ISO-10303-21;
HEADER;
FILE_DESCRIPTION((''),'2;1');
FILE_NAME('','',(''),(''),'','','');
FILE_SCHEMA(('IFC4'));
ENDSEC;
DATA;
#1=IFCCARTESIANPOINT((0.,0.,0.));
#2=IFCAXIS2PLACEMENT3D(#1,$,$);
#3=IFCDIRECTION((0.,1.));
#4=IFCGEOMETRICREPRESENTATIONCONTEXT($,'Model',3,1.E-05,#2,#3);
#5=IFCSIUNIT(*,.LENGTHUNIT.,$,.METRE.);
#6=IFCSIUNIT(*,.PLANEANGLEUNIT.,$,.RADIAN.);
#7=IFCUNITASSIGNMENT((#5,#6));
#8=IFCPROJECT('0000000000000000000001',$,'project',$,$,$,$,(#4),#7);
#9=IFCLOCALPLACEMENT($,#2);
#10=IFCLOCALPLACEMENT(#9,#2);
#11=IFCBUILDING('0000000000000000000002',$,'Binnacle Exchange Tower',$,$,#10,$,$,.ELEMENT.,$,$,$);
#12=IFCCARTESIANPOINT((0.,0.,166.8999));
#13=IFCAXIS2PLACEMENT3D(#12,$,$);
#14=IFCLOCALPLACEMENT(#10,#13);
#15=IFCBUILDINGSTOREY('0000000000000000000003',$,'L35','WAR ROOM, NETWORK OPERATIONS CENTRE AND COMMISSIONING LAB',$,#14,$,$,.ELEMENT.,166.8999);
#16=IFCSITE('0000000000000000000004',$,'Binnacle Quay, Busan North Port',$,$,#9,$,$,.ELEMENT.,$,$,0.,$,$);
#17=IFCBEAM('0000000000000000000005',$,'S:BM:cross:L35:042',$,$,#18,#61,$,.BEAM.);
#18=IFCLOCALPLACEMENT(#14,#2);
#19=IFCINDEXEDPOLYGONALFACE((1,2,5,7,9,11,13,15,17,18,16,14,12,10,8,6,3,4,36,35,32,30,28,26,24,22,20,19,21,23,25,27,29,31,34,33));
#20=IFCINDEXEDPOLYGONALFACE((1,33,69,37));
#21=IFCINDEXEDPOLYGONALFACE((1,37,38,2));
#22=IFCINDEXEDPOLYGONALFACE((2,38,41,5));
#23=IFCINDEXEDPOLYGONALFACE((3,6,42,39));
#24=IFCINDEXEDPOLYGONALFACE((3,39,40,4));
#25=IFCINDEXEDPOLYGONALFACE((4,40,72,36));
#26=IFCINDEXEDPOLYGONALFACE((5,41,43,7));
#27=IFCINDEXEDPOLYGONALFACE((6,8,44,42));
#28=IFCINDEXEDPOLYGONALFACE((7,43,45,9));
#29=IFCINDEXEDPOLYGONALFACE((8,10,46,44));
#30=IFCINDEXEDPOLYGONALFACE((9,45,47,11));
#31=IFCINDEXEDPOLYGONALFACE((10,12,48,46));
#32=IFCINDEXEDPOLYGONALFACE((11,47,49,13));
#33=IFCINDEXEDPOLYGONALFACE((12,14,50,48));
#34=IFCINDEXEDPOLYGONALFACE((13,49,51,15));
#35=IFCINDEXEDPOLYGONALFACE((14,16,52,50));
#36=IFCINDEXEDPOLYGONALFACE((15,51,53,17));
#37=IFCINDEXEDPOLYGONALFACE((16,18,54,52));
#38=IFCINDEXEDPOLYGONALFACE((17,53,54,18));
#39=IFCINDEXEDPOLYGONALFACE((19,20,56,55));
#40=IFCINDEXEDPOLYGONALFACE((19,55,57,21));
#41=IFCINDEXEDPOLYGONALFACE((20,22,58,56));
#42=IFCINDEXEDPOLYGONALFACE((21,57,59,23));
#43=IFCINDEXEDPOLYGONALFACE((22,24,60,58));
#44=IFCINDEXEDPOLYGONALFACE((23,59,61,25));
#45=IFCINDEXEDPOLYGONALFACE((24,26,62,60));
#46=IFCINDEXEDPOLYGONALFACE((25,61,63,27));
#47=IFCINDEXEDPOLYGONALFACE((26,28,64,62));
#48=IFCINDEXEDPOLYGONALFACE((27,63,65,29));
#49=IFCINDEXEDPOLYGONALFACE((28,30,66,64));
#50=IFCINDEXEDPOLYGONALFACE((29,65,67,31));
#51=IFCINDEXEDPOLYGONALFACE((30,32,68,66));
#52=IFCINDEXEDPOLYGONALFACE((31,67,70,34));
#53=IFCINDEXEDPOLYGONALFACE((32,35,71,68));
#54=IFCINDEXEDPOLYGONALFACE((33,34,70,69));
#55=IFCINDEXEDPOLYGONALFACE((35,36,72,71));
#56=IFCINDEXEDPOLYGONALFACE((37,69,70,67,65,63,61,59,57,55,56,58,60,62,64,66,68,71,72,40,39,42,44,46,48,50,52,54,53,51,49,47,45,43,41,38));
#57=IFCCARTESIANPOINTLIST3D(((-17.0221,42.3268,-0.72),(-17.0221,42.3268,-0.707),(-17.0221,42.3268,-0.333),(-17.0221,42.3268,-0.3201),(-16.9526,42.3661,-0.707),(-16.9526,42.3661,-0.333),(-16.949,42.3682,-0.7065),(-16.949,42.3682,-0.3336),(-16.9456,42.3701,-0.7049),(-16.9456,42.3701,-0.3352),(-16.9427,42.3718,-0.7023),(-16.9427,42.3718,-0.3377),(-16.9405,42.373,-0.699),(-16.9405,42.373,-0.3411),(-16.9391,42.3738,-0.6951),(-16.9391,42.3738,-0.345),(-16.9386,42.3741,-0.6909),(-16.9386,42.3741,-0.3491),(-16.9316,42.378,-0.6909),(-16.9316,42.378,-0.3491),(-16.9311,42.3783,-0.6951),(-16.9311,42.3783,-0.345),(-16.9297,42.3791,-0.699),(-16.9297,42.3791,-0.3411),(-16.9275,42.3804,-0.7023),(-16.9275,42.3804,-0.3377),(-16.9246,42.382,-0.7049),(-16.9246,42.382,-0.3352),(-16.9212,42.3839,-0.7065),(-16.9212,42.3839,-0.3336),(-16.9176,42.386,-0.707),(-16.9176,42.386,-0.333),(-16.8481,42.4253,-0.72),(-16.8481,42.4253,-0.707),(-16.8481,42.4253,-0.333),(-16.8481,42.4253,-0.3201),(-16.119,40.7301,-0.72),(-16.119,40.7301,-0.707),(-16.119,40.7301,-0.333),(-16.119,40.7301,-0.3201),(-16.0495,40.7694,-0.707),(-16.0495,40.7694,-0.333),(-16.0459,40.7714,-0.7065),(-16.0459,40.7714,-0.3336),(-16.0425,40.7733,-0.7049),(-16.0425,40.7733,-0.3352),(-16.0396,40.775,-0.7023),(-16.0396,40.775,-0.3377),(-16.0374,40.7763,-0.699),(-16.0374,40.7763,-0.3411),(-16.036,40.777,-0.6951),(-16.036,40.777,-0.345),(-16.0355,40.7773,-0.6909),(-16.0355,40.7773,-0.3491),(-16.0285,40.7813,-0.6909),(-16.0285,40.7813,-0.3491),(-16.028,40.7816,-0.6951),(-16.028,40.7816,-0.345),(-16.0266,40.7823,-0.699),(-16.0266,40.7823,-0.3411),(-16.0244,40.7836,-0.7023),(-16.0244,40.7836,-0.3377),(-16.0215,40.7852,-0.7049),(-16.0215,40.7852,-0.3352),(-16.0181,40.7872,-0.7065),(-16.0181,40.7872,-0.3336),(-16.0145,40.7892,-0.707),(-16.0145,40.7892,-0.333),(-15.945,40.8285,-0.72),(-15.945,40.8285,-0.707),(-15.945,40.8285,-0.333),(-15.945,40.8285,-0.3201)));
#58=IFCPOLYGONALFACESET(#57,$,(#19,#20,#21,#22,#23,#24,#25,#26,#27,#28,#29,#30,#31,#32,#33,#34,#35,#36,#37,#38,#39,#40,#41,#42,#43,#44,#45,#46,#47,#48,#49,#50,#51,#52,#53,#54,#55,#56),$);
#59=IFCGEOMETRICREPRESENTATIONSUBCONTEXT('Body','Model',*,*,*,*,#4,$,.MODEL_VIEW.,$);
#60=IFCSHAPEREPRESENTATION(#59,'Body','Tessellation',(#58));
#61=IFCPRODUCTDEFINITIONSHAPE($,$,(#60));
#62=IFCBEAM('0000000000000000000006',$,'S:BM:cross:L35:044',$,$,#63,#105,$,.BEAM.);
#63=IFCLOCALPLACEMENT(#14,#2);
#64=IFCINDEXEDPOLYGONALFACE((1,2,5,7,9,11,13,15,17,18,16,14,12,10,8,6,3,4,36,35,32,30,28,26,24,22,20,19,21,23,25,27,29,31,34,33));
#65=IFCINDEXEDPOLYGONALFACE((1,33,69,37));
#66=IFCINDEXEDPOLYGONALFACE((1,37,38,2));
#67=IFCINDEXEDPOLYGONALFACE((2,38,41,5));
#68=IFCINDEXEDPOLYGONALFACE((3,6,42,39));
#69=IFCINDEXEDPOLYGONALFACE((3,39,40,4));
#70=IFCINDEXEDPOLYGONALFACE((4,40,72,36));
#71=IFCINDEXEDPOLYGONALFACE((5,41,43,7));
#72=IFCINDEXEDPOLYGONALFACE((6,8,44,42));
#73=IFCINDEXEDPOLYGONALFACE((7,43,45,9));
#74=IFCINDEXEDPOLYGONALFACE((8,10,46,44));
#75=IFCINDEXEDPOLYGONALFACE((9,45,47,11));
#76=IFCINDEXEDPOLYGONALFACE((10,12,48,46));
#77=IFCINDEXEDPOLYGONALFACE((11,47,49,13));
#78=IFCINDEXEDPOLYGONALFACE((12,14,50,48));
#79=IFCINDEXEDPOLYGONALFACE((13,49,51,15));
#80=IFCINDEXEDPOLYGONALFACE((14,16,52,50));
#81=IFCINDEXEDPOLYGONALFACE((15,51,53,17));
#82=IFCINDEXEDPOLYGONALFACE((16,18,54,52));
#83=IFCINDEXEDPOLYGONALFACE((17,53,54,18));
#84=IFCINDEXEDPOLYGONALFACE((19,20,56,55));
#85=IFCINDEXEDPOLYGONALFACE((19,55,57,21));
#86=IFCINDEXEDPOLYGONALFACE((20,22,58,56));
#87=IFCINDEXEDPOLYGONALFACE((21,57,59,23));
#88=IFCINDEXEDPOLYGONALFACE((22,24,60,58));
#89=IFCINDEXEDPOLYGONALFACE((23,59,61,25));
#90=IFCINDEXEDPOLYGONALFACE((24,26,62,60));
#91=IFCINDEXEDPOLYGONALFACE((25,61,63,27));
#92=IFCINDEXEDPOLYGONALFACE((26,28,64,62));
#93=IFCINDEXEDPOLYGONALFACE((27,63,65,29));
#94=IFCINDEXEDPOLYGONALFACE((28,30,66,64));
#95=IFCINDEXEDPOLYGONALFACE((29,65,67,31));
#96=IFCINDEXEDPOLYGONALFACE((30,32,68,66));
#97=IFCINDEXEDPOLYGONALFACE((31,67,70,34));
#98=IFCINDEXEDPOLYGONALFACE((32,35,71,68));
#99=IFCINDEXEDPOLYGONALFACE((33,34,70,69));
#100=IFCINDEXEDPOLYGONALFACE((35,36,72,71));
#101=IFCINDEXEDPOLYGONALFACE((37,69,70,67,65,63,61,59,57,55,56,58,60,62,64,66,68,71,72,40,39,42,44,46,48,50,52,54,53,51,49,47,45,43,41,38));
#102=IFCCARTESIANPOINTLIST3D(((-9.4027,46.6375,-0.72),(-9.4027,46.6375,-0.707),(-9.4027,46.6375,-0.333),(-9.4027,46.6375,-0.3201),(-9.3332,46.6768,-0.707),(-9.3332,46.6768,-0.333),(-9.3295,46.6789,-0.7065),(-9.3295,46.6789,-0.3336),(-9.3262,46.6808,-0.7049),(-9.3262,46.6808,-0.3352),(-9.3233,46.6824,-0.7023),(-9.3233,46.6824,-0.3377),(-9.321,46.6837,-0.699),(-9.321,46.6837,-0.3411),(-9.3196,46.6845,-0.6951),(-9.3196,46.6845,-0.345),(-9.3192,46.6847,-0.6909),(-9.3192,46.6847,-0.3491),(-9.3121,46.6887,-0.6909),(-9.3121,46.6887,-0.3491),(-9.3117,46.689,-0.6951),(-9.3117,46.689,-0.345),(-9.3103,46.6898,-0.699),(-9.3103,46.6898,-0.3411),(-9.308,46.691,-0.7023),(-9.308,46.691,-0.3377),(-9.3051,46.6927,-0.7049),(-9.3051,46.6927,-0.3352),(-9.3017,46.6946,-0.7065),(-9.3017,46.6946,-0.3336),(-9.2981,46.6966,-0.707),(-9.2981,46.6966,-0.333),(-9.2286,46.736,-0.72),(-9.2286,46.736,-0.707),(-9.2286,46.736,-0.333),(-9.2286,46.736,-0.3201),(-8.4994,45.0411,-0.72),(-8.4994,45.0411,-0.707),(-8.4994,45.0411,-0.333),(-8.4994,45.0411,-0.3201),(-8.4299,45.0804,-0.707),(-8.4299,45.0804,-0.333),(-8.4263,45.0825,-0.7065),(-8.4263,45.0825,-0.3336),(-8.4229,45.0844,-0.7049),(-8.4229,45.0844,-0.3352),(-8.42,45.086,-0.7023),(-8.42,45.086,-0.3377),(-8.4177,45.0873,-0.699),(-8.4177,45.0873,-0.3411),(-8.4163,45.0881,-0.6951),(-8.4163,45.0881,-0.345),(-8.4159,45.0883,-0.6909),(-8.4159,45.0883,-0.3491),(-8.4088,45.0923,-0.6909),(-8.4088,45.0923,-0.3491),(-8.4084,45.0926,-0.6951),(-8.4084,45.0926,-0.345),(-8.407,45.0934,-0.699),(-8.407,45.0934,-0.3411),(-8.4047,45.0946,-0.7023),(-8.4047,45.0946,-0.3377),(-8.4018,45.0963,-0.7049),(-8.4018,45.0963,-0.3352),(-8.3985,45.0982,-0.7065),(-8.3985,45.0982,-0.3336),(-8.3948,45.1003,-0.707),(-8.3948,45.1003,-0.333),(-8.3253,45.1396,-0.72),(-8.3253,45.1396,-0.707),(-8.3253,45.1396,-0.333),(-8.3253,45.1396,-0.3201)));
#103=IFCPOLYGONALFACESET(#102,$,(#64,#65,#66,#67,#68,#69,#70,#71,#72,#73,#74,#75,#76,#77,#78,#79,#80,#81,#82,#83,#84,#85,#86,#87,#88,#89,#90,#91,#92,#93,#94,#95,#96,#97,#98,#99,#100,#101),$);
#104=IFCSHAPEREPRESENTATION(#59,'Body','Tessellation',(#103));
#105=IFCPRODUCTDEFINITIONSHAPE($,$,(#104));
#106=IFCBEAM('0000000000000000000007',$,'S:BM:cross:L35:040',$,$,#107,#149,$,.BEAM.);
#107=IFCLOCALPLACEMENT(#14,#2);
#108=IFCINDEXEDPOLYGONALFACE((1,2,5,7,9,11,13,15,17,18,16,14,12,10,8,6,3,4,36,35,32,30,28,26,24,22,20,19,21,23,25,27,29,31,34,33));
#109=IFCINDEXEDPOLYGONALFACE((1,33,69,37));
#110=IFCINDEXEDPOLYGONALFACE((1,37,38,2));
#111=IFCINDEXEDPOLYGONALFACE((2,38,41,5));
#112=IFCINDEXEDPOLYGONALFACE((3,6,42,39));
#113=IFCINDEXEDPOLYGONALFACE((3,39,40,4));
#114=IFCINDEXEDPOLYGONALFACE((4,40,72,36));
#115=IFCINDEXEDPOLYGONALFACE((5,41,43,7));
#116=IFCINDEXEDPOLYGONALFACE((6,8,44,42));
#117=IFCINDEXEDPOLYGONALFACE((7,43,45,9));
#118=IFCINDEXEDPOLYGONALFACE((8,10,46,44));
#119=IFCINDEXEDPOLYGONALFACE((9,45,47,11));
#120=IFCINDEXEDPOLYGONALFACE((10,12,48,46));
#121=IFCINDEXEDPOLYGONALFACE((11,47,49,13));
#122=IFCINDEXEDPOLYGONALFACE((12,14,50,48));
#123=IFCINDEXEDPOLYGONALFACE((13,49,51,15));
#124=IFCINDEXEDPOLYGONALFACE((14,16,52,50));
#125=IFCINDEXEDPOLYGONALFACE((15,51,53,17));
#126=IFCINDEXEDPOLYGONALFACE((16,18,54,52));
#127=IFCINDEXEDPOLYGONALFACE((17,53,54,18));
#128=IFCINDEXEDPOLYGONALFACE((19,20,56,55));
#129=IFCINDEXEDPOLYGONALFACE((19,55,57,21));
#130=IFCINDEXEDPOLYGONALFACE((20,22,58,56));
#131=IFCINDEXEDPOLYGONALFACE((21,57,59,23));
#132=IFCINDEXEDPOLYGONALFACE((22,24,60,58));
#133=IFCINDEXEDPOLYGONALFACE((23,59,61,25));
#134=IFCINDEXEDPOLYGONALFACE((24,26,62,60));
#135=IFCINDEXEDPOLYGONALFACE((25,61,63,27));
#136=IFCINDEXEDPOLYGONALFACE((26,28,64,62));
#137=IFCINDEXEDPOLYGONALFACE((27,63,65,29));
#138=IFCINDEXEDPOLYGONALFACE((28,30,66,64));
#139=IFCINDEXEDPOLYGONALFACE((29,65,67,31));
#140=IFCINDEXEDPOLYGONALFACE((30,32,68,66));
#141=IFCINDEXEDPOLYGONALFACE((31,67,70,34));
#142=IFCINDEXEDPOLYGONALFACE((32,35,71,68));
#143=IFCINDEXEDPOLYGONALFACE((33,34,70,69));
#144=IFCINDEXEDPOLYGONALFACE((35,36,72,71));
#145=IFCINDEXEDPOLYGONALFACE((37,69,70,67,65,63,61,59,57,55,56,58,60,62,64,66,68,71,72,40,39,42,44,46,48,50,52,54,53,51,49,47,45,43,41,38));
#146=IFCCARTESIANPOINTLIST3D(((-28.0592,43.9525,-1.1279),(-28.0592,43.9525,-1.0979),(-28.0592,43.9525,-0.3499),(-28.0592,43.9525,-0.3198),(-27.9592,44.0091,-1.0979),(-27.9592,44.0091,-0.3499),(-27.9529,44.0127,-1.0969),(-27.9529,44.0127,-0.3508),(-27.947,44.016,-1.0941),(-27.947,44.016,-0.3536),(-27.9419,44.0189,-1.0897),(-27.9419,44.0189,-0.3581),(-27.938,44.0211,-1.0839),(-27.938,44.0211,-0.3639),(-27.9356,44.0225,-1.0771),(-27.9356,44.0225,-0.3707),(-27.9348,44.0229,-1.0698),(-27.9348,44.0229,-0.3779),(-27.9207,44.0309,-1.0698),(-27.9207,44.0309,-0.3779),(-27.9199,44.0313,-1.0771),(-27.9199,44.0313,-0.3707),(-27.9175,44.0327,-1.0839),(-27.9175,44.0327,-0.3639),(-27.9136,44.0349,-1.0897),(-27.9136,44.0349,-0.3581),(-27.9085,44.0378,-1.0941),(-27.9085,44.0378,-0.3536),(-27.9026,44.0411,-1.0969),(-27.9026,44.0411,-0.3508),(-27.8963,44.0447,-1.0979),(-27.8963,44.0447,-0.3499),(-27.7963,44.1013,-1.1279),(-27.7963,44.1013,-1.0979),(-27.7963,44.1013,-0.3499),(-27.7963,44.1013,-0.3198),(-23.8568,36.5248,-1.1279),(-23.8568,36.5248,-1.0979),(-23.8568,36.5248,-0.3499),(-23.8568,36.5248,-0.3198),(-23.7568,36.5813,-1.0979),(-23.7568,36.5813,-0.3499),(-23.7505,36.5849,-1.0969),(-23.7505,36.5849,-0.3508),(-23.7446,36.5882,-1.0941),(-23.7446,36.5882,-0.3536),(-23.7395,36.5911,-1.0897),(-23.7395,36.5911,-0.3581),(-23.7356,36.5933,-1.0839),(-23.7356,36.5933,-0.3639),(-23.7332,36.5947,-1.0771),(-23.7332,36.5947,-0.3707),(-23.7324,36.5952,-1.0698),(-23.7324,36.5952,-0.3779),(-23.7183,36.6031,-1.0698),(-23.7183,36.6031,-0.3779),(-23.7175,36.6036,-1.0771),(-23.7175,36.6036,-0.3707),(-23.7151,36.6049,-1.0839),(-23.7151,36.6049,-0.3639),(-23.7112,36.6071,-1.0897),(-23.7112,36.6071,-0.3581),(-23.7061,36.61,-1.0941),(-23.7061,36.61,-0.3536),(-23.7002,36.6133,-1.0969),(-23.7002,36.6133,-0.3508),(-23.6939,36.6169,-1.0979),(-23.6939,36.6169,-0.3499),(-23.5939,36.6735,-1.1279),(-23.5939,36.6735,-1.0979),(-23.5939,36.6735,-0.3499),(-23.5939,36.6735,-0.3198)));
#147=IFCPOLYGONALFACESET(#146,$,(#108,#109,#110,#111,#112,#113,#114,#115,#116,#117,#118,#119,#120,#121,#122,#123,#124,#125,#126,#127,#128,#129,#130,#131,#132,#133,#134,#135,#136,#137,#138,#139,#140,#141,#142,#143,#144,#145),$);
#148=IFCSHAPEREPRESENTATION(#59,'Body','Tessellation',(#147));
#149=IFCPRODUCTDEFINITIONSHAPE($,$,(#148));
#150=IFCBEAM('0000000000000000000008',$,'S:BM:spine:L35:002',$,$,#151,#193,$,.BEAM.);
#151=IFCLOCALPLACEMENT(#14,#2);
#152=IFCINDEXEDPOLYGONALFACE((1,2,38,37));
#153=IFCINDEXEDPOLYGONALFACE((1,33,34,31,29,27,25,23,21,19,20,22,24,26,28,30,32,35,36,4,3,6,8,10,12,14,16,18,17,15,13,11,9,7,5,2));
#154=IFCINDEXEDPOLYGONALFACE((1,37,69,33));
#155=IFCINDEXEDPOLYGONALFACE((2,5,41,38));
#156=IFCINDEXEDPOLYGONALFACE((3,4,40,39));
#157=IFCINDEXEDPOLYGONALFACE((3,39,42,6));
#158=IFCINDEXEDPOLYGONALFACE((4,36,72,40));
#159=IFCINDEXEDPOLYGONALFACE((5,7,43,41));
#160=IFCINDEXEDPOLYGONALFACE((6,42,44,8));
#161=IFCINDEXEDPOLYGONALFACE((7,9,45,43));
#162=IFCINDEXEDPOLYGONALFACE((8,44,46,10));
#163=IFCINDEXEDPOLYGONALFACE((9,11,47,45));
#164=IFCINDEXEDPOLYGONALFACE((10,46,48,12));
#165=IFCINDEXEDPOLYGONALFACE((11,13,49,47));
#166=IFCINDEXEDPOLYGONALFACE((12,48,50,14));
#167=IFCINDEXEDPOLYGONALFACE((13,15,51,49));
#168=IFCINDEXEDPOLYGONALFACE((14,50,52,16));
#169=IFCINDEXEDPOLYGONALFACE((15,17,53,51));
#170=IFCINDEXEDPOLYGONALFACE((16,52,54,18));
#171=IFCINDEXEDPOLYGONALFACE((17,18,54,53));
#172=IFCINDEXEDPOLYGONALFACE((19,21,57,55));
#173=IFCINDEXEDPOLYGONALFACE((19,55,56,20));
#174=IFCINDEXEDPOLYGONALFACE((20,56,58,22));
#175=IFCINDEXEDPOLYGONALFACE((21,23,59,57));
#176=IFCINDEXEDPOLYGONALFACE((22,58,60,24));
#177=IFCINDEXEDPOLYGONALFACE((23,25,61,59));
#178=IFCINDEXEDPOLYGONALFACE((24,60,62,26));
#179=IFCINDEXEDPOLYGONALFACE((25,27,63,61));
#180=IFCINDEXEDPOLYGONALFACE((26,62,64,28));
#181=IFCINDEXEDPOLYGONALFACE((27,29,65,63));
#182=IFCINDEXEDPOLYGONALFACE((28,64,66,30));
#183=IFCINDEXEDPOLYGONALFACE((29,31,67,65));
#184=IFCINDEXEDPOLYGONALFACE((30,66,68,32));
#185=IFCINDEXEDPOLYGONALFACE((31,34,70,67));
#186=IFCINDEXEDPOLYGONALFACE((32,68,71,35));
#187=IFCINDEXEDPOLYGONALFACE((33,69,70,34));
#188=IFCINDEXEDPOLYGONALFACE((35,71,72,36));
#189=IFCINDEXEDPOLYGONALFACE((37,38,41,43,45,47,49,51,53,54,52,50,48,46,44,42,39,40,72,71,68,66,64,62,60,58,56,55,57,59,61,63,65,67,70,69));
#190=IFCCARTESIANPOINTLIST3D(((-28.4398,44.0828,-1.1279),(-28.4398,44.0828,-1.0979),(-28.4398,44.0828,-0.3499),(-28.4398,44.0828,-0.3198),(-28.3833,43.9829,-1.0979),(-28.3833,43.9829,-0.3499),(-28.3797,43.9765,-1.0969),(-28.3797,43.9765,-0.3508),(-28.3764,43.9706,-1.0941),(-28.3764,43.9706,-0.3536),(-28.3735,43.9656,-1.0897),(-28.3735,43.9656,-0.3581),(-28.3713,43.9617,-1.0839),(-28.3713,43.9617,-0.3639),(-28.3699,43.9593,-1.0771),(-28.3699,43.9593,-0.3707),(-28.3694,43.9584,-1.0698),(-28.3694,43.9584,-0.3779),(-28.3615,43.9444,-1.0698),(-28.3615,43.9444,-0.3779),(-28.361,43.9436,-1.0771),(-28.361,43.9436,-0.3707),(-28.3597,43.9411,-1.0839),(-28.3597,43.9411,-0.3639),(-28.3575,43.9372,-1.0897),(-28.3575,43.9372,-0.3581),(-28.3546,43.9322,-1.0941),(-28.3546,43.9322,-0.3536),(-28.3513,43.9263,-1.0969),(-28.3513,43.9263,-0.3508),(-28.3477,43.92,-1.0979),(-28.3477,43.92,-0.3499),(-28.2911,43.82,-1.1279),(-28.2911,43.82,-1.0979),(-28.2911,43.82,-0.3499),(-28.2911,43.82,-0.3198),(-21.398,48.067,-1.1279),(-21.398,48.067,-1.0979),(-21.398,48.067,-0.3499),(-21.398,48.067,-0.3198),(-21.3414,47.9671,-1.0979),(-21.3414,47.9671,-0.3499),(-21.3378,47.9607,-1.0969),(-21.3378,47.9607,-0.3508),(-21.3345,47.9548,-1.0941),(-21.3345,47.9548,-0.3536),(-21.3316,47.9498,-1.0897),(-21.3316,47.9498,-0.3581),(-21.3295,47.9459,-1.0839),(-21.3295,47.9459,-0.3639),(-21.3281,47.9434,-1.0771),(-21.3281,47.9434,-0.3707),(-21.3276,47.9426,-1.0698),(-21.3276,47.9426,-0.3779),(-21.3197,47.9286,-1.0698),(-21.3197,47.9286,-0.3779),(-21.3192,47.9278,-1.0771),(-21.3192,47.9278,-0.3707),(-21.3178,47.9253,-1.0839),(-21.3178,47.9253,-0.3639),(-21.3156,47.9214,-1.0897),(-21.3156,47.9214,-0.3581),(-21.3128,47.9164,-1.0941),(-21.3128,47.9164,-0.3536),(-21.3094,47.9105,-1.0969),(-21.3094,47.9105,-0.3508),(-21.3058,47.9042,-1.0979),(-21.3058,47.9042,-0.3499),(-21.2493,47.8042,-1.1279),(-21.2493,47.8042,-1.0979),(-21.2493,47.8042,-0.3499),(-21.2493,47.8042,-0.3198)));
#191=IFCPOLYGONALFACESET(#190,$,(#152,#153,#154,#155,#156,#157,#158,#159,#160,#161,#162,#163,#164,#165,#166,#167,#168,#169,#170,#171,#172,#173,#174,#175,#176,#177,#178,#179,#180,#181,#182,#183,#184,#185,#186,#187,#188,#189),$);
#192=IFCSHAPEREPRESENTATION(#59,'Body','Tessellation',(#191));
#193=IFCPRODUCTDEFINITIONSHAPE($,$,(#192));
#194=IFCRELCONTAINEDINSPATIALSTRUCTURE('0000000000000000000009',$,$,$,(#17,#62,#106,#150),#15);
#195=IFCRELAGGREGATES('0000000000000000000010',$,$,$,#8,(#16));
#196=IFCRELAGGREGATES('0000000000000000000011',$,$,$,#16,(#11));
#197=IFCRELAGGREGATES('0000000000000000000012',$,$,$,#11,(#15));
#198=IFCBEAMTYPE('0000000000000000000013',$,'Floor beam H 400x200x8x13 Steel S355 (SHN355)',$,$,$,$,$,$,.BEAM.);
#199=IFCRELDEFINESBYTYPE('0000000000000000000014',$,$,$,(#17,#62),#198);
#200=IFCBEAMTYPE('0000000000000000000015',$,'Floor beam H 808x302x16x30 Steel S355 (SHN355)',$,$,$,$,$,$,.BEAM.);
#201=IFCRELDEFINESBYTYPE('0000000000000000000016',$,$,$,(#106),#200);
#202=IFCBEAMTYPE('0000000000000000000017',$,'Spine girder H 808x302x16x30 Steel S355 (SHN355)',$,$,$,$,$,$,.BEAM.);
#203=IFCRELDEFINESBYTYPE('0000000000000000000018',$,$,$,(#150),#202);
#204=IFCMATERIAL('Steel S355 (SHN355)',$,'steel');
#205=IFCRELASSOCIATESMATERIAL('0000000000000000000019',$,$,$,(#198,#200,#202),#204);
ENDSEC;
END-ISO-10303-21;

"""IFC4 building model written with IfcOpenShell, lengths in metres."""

from ifc_helpers import new_model, si_unit, direction, frame, origin, origin_2d, place, context, subcontext, project, spatial, i_section, extrude, material, material_profile, profile_set, type_object, element, save


model = new_model("IFC4")

# Units and contexts
model_context = context("Model", 3, precision=1e-05, world=origin(), true_north=direction((0.0, 1.0)))
body_context = subcontext(model_context, "Body", "Model", "MODEL_VIEW")
ifc_project = project(units=[si_unit("LENGTHUNIT", "METRE"), si_unit("PLANEANGLEUNIT", "RADIAN")], contexts=[model_context])

# Site, building, storey
site_placement = place(None, origin())
site = spatial("IfcSite", under=ifc_project, at=site_placement, Name="Binnacle Quay, Busan North Port", CompositionType="ELEMENT", RefElevation=0.0)
building_placement = place(site_placement, origin())
building = spatial("IfcBuilding", under=site, at=building_placement, Name="Binnacle Exchange Tower", CompositionType="ELEMENT")
storey_placement = place(building_placement, frame((0.0, 0.0, 166.8999)))
storey = spatial("IfcBuildingStorey", under=building, at=storey_placement, Name="L35", Description="WAR ROOM, NETWORK OPERATIONS CENTRE AND COMMISSIONING LAB", CompositionType="ELEMENT", Elevation=166.8999)

# Beams
ifc_material_1 = material(Name="Steel S355 (SHN355)", Category="steel")
ifc_material_profile_1 = material_profile(ifc_material_1, i_section(OverallWidth=0.2, OverallDepth=0.3999, WebThickness=0.0081, FlangeThickness=0.0129, FilletRadius=0.0161, at=origin_2d()), Name="H 400x200x8x13")
ifc_profile_set_1 = profile_set([ifc_material_profile_1], Name="Steel S355 (SHN355)")
beam_type_1 = type_object("IfcBeamType", Name="Floor beam H 400x200x8x13 Steel S355 (SHN355)", PredefinedType="BEAM", material=ifc_profile_set_1)
beam_1_placement = place(storey_placement, frame((-16.032, 40.7793, -0.52), z_axis=(-0.492307, 0.870422, 0.0), x_axis=(-0.870422, -0.492307, 0.0)))
element("IfcBeam", 1, at=beam_1_placement, inside=storey, type_object=beam_type_1, Name="S:BM:cross:L35:042", PredefinedType="BEAM", context=body_context, shape_type="SweptSolid", body=[
    extrude(i_section(OverallWidth=0.2, OverallDepth=0.3999, WebThickness=0.0081, FlangeThickness=0.0129, FilletRadius=0.0161, at=origin_2d()), origin(), (0.0, 0.0, 1.0), 1.8345),
])
beam_2_placement = place(storey_placement, frame((-8.4124, 45.0903, -0.52), z_axis=(-0.492465, 0.870332, 0.0), x_axis=(-0.870332, -0.492465, 0.0)))
element("IfcBeam", 2, at=beam_2_placement, inside=storey, type_object=beam_type_1, Name="S:BM:cross:L35:044", PredefinedType="BEAM", context=body_context, shape_type="SweptSolid", body=[
    extrude(i_section(OverallWidth=0.2, OverallDepth=0.3999, WebThickness=0.0081, FlangeThickness=0.0129, FilletRadius=0.0161, at=origin_2d()), origin(), (0.0, 0.0, 1.0), 1.8342),
])
ifc_material_profile_2 = material_profile(ifc_material_1, i_section(OverallWidth=0.302, OverallDepth=0.8081, WebThickness=0.0161, FlangeThickness=0.03, FilletRadius=0.0281, at=origin_2d()), Name="H 808x302x16x30")
ifc_profile_set_2 = profile_set([ifc_material_profile_2], Name="Steel S355 (SHN355)")
beam_type_2 = type_object("IfcBeamType", Name="Floor beam H 808x302x16x30 Steel S355 (SHN355)", PredefinedType="BEAM", material=ifc_profile_set_2)
beam_3_placement = place(storey_placement, frame((-23.7253, 36.5991, -0.7239), z_axis=(-0.492422, 0.870357, 0.0), x_axis=(-0.870357, -0.492422, 0.0)))
element("IfcBeam", 3, at=beam_3_placement, inside=storey, type_object=beam_type_2, Name="S:BM:cross:L35:040", PredefinedType="BEAM", context=body_context, shape_type="SweptSolid", body=[
    extrude(i_section(OverallWidth=0.302, OverallDepth=0.8081, WebThickness=0.0161, FlangeThickness=0.03, FilletRadius=0.0281, at=origin_2d()), origin(), (0.0, 0.0, 1.0), 8.5342),
])
ifc_material_profile_3 = material_profile(ifc_material_1, i_section(OverallWidth=0.302, OverallDepth=0.8081, WebThickness=0.0161, FlangeThickness=0.03, FilletRadius=0.0281, at=origin_2d()), Name="H 808x302x16x30")
ifc_profile_set_3 = profile_set([ifc_material_profile_3], Name="Steel S355 (SHN355)")
beam_type_3 = type_object("IfcBeamType", Name="Spine girder H 808x302x16x30 Steel S355 (SHN355)", PredefinedType="BEAM", material=ifc_profile_set_3)
beam_4_placement = place(storey_placement, frame((-28.3655, 43.9514, -0.7239), z_axis=(0.87035, 0.492433, 0.0), x_axis=(-0.492433, 0.87035, 0.0)))
element("IfcBeam", 4, at=beam_4_placement, inside=storey, type_object=beam_type_3, Name="S:BM:spine:L35:002", PredefinedType="BEAM", context=body_context, shape_type="SweptSolid", body=[
    extrude(i_section(OverallWidth=0.302, OverallDepth=0.8081, WebThickness=0.0161, FlangeThickness=0.03, FilletRadius=0.0281, at=origin_2d()), origin(), (0.0, 0.0, 1.0), 8.0908),
])

save(model, "model.ifc")
